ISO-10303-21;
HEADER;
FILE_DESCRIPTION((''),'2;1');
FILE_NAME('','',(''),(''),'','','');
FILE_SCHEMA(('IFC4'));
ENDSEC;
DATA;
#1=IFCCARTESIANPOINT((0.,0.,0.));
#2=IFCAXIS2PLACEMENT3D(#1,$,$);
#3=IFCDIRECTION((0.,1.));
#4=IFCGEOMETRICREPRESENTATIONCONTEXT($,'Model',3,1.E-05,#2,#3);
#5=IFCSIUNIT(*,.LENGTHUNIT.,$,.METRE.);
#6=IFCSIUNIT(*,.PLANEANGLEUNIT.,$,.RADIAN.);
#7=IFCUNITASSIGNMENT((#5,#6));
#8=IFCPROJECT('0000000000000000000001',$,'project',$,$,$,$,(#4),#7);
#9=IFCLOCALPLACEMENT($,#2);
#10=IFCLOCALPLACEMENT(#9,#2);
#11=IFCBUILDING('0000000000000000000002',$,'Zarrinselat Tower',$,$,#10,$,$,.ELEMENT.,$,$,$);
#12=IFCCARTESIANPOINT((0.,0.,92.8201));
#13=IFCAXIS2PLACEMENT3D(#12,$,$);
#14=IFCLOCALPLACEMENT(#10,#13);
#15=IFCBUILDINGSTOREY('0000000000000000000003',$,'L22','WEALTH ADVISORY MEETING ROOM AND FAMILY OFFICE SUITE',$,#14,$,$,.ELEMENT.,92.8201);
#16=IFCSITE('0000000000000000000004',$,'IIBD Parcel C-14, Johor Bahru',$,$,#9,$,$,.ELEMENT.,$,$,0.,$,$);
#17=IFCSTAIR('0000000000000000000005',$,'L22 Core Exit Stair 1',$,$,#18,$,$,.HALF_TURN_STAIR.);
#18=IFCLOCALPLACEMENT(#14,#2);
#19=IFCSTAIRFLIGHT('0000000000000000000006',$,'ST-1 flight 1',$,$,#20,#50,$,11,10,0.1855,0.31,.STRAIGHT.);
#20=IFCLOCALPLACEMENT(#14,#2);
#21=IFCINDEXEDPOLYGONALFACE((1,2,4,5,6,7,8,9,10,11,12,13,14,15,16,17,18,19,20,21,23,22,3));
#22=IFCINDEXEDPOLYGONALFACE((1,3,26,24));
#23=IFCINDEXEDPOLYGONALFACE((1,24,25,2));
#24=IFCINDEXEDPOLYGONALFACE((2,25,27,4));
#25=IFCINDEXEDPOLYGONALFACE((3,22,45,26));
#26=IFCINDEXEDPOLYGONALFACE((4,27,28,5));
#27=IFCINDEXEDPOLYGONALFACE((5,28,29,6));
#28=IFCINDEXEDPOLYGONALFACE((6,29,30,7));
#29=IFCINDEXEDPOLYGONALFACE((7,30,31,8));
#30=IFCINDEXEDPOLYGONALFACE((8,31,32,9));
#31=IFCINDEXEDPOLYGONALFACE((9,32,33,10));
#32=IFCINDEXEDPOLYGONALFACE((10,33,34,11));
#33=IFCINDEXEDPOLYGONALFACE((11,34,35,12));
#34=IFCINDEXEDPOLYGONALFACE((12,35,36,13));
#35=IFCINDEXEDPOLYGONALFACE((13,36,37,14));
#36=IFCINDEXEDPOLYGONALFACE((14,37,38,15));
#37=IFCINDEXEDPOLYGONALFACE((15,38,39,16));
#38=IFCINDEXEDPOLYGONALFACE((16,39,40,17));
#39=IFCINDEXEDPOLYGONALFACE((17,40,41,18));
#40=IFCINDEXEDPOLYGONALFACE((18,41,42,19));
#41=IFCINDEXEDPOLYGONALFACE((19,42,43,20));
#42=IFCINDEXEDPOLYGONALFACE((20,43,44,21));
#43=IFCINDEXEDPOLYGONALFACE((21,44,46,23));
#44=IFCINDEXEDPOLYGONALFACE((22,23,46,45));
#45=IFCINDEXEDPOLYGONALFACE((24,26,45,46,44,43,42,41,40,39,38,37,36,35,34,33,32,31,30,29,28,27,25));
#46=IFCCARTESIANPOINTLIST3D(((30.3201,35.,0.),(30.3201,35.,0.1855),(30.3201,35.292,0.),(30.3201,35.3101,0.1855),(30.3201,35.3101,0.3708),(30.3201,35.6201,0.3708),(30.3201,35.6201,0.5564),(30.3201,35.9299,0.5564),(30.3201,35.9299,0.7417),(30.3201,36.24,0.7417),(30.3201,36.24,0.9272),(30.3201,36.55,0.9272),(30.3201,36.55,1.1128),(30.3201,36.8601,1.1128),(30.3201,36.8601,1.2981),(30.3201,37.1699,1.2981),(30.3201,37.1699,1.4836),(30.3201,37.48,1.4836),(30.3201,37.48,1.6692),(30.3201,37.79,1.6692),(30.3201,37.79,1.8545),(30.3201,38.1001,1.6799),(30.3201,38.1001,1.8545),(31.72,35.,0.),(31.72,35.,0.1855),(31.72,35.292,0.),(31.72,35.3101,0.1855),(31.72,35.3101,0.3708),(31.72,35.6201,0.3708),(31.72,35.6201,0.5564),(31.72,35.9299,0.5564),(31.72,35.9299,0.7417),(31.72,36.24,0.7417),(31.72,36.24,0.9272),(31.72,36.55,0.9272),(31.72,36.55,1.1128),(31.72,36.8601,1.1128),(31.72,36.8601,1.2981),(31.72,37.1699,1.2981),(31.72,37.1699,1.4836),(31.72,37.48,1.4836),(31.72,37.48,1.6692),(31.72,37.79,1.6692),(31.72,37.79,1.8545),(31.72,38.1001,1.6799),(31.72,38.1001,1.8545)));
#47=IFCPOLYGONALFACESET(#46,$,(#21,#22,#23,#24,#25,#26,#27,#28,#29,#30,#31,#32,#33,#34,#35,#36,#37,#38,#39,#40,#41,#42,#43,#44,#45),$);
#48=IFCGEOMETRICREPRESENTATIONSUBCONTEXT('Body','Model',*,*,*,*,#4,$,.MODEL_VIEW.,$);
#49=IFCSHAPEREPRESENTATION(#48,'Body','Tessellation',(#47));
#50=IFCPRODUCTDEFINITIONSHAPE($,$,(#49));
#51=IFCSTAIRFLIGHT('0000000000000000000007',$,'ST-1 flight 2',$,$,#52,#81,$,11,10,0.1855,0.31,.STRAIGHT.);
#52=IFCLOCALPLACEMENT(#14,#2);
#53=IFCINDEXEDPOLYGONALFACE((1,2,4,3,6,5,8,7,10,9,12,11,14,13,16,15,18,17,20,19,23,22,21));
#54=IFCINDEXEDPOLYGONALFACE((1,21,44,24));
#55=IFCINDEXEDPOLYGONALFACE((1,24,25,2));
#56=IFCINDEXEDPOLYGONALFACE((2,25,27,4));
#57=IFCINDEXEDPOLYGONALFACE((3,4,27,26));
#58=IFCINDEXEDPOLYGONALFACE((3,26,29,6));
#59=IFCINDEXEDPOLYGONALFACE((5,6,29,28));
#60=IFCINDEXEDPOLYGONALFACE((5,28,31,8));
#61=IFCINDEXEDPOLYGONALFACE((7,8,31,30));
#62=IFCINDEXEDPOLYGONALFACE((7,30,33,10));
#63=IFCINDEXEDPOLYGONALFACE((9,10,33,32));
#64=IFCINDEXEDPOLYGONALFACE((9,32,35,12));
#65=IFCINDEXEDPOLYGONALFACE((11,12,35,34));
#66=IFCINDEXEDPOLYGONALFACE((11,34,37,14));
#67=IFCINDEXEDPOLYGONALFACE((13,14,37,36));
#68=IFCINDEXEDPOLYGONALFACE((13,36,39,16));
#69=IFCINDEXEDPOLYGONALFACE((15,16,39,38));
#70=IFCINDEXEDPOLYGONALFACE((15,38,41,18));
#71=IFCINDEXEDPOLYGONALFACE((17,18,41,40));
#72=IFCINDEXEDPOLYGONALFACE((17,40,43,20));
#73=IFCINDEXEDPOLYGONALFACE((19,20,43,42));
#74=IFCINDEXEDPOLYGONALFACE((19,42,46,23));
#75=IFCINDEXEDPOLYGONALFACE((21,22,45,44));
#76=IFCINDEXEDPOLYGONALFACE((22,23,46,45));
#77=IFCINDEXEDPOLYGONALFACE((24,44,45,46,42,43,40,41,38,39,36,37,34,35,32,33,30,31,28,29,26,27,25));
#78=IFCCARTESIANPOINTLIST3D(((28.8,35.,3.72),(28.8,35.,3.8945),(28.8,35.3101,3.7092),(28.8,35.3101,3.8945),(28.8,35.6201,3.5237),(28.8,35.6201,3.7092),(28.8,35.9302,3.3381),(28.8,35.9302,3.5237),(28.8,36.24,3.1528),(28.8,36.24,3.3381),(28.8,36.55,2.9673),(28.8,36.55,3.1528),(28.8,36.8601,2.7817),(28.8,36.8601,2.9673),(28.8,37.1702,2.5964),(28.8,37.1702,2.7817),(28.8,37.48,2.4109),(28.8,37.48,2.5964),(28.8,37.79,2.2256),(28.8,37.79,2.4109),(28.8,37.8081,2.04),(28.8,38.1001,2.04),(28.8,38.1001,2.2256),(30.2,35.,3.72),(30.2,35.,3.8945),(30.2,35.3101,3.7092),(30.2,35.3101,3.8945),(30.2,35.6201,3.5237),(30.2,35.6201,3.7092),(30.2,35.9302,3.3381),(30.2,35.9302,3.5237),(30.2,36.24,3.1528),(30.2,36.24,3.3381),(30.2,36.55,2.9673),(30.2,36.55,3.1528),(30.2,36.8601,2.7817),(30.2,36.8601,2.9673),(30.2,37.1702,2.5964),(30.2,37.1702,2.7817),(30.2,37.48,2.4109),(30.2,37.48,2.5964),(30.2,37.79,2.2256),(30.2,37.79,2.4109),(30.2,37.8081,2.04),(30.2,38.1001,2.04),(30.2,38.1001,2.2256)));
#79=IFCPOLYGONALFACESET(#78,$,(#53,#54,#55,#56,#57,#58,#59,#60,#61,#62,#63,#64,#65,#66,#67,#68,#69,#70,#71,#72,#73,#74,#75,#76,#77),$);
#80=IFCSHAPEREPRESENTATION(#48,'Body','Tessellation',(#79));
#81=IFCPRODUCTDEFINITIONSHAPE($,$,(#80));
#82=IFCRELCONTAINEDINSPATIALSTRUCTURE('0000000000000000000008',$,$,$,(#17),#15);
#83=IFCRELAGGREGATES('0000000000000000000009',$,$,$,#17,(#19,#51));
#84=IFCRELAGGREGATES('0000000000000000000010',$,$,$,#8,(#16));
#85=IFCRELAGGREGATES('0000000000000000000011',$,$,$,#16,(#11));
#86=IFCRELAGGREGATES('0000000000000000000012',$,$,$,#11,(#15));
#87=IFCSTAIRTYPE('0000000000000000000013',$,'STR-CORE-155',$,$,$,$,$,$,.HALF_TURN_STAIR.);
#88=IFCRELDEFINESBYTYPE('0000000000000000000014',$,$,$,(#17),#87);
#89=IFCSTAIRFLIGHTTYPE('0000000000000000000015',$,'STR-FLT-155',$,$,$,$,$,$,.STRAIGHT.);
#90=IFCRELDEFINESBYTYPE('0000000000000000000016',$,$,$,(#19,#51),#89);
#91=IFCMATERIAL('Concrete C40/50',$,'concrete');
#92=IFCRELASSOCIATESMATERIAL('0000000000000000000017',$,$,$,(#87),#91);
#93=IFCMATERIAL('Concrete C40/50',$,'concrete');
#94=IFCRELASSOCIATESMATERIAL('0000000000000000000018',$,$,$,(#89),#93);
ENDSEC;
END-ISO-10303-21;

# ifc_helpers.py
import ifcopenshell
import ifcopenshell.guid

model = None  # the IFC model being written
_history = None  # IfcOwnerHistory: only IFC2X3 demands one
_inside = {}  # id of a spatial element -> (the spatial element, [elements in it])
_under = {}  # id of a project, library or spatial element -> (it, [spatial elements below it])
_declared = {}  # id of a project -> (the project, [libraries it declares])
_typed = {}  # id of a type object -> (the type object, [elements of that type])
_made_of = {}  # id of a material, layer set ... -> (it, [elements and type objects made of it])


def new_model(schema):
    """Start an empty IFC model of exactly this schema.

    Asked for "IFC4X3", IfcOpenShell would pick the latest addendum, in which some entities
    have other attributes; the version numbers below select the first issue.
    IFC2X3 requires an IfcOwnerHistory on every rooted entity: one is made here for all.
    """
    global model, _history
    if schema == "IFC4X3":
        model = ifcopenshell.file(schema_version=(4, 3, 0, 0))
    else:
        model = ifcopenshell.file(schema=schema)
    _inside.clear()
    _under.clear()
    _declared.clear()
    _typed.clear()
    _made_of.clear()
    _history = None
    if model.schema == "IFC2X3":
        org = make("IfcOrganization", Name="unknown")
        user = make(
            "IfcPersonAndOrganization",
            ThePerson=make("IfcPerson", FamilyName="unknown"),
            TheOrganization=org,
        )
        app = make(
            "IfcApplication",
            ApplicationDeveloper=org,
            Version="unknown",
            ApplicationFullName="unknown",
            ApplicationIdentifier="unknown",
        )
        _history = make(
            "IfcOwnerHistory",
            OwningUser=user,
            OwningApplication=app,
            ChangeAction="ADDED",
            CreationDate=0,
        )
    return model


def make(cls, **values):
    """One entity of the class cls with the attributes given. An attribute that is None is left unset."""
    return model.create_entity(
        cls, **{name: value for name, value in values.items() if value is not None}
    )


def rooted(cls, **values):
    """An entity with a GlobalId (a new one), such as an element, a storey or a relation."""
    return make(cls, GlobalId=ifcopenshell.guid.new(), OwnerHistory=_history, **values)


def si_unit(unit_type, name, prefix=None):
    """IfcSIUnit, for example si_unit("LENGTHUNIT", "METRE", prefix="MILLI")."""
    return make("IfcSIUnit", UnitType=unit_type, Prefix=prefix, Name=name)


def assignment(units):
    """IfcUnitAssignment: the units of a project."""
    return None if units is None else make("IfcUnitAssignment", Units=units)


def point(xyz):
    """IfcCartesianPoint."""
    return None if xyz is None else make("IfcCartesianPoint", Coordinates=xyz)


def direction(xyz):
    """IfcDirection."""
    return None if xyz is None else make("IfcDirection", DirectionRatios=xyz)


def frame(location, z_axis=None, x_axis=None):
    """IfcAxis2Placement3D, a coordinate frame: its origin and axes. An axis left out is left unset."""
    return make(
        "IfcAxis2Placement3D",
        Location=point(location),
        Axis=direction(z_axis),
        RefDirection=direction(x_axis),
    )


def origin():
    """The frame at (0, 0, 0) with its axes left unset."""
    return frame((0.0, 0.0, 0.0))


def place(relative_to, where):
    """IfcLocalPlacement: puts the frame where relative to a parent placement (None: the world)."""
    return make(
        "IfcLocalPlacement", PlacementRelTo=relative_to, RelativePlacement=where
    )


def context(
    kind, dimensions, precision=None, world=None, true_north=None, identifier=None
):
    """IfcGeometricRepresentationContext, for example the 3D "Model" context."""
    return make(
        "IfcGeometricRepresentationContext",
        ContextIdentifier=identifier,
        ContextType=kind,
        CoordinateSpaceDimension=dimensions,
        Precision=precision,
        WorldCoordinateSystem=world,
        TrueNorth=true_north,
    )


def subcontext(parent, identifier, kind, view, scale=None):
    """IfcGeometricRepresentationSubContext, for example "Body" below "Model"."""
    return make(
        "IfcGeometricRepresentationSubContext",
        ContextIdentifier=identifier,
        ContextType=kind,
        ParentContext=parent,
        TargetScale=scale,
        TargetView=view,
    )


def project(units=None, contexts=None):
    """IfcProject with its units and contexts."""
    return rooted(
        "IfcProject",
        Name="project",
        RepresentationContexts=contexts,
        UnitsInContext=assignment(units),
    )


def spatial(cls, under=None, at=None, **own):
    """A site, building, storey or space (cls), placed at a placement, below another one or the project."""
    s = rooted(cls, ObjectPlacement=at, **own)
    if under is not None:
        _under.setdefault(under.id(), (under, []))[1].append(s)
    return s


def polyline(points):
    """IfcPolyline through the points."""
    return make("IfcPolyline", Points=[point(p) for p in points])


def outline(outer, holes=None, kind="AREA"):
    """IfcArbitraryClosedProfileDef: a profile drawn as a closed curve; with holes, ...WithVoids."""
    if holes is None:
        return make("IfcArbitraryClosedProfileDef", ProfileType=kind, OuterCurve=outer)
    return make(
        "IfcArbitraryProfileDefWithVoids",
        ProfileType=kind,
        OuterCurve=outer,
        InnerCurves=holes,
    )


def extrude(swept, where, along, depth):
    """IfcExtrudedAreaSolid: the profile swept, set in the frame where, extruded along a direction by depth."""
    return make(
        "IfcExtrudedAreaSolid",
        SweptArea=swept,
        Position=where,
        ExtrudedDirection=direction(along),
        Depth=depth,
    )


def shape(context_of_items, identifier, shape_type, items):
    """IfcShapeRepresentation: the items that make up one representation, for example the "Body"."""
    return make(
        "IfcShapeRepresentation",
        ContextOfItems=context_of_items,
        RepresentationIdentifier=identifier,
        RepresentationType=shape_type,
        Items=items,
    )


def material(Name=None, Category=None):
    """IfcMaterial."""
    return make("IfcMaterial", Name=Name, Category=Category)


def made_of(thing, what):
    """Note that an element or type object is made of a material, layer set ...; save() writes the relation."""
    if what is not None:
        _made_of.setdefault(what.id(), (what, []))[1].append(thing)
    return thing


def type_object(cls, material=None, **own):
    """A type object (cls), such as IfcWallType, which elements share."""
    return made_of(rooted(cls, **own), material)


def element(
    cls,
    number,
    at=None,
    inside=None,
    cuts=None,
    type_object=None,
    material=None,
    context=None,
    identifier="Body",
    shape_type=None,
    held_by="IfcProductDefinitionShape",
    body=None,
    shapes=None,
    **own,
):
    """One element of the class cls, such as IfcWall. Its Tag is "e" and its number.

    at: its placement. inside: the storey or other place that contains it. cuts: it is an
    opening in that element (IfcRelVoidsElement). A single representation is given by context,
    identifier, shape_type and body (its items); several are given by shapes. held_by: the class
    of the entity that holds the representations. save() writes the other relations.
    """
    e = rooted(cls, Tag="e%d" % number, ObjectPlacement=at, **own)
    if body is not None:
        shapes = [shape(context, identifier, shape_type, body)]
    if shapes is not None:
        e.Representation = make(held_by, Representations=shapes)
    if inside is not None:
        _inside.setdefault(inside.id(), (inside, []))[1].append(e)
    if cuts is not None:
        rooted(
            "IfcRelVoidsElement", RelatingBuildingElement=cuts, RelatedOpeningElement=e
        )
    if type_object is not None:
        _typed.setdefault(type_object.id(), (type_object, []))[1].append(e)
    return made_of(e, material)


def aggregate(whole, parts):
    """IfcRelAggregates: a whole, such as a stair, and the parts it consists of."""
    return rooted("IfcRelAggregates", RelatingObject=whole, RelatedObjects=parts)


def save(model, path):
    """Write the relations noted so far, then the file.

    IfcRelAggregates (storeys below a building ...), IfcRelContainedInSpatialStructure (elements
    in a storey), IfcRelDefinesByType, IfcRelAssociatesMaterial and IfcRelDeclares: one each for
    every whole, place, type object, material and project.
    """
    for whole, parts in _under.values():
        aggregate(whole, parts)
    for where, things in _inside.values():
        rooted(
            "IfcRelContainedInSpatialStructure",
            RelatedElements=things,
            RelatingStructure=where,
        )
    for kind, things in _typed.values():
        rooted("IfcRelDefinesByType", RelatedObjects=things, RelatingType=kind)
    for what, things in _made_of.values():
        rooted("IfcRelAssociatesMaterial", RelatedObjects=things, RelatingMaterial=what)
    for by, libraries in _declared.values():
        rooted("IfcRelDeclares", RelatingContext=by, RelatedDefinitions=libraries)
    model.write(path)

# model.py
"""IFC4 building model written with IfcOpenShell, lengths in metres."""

from ifc_helpers import new_model, si_unit, direction, frame, origin, place, context, subcontext, project, spatial, polyline, outline, extrude, material, type_object, element, aggregate, save


model = new_model("IFC4")

# Units and contexts
model_context = context("Model", 3, precision=1e-05, world=origin(), true_north=direction((0.0, 1.0)))
body_context = subcontext(model_context, "Body", "Model", "MODEL_VIEW")
ifc_project = project(units=[si_unit("LENGTHUNIT", "METRE"), si_unit("PLANEANGLEUNIT", "RADIAN")], contexts=[model_context])

# Site, building, storey
site_placement = place(None, origin())
site = spatial("IfcSite", under=ifc_project, at=site_placement, Name="IIBD Parcel C-14, Johor Bahru", CompositionType="ELEMENT", RefElevation=0.0)
building_placement = place(site_placement, origin())
building = spatial("IfcBuilding", under=site, at=building_placement, Name="Zarrinselat Tower", CompositionType="ELEMENT")
storey_placement = place(building_placement, frame((0.0, 0.0, 92.8201)))
storey = spatial("IfcBuildingStorey", under=building, at=storey_placement, Name="L22", Description="WEALTH ADVISORY MEETING ROOM AND FAMILY OFFICE SUITE", CompositionType="ELEMENT", Elevation=92.8201)

# Stair, stair flights
ifc_material_1 = material(Name="Concrete C40/50", Category="concrete")
stair_type = type_object("IfcStairType", Name="STR-CORE-155", PredefinedType="HALF_TURN_STAIR", material=ifc_material_1)
stair_placement = place(storey_placement, origin())
stair = element("IfcStair", 1, at=stair_placement, inside=storey, type_object=stair_type, Name="L22 Core Exit Stair 1", PredefinedType="HALF_TURN_STAIR")
ifc_material_2 = material(Name="Concrete C40/50", Category="concrete")
stair_flight_type = type_object("IfcStairFlightType", Name="STR-FLT-155", PredefinedType="STRAIGHT", material=ifc_material_2)
stair_flight_1_placement = place(storey_placement, frame((31.02, 35.0, 0.0), z_axis=(0.0, 0.0, 1.0), x_axis=(0.0, 1.0, 0.0)))
stair_flight_1 = element("IfcStairFlight", 2, at=stair_flight_1_placement, type_object=stair_flight_type, Name="ST-1 flight 1", NumberOfRisers=11, NumberOfTreads=10, PredefinedType="STRAIGHT", RiserHeight=0.1855, TreadLength=0.31, context=body_context, shape_type="SweptSolid", body=[
    extrude(outline(polyline([(0.0, 0.0), (0.0, 0.1855), (0.3101, 0.1855), (0.3101, 0.3708), (0.6201, 0.3708), (0.6201, 0.5564), (0.9299, 0.5564), (0.9299, 0.7417), (1.24, 0.7417), (1.24, 0.9272), (1.55, 0.9272), (1.55, 1.1128), (1.8601, 1.1128), (1.8601, 1.2981), (2.1699, 1.2981), (2.1699, 1.4836), (2.48, 1.4836), (2.48, 1.6692), (2.79, 1.6692), (2.79, 1.8545), (3.1001, 1.8545), (3.1001, 2.04), (3.1001, 1.6799), (0.292, 0.0), (0.0, 0.0)])), frame((0.0, 0.7, 0.0), z_axis=(0.0, -1.0, 0.0), x_axis=(1.0, 0.0, 0.0)), (0.0, 0.0, 1.0), 1.3999),
])
stair_flight_2_placement = place(storey_placement, frame((29.5, 38.1001, 2.04), z_axis=(0.0, 0.0, 1.0), x_axis=(0.0, -1.0, 0.0)))
stair_flight_2 = element("IfcStairFlight", 3, at=stair_flight_2_placement, type_object=stair_flight_type, Name="ST-1 flight 2", NumberOfRisers=11, NumberOfTreads=10, PredefinedType="STRAIGHT", RiserHeight=0.1855, TreadLength=0.31, context=body_context, shape_type="SweptSolid", body=[
    extrude(outline(polyline([(0.0, 0.0), (0.0, 0.1855), (0.3101, 0.1855), (0.3101, 0.3708), (0.6201, 0.3708), (0.6201, 0.5564), (0.9299, 0.5564), (0.9299, 0.7417), (1.24, 0.7417), (1.24, 0.9272), (1.55, 0.9272), (1.55, 1.1128), (1.8601, 1.1128), (1.8601, 1.2981), (2.1699, 1.2981), (2.1699, 1.4836), (2.48, 1.4836), (2.48, 1.6692), (2.79, 1.6692), (2.79, 1.8545), (3.1001, 1.8545), (3.1001, 2.04), (3.1001, 1.6799), (0.292, 0.0), (0.0, 0.0)])), frame((0.0, 0.7, 0.0), z_axis=(0.0, -1.0, 0.0), x_axis=(1.0, 0.0, 0.0)), (0.0, 0.0, 1.0), 1.3999),
])
aggregate(stair, [stair_flight_1, stair_flight_2])

save(model, "model.ifc")
